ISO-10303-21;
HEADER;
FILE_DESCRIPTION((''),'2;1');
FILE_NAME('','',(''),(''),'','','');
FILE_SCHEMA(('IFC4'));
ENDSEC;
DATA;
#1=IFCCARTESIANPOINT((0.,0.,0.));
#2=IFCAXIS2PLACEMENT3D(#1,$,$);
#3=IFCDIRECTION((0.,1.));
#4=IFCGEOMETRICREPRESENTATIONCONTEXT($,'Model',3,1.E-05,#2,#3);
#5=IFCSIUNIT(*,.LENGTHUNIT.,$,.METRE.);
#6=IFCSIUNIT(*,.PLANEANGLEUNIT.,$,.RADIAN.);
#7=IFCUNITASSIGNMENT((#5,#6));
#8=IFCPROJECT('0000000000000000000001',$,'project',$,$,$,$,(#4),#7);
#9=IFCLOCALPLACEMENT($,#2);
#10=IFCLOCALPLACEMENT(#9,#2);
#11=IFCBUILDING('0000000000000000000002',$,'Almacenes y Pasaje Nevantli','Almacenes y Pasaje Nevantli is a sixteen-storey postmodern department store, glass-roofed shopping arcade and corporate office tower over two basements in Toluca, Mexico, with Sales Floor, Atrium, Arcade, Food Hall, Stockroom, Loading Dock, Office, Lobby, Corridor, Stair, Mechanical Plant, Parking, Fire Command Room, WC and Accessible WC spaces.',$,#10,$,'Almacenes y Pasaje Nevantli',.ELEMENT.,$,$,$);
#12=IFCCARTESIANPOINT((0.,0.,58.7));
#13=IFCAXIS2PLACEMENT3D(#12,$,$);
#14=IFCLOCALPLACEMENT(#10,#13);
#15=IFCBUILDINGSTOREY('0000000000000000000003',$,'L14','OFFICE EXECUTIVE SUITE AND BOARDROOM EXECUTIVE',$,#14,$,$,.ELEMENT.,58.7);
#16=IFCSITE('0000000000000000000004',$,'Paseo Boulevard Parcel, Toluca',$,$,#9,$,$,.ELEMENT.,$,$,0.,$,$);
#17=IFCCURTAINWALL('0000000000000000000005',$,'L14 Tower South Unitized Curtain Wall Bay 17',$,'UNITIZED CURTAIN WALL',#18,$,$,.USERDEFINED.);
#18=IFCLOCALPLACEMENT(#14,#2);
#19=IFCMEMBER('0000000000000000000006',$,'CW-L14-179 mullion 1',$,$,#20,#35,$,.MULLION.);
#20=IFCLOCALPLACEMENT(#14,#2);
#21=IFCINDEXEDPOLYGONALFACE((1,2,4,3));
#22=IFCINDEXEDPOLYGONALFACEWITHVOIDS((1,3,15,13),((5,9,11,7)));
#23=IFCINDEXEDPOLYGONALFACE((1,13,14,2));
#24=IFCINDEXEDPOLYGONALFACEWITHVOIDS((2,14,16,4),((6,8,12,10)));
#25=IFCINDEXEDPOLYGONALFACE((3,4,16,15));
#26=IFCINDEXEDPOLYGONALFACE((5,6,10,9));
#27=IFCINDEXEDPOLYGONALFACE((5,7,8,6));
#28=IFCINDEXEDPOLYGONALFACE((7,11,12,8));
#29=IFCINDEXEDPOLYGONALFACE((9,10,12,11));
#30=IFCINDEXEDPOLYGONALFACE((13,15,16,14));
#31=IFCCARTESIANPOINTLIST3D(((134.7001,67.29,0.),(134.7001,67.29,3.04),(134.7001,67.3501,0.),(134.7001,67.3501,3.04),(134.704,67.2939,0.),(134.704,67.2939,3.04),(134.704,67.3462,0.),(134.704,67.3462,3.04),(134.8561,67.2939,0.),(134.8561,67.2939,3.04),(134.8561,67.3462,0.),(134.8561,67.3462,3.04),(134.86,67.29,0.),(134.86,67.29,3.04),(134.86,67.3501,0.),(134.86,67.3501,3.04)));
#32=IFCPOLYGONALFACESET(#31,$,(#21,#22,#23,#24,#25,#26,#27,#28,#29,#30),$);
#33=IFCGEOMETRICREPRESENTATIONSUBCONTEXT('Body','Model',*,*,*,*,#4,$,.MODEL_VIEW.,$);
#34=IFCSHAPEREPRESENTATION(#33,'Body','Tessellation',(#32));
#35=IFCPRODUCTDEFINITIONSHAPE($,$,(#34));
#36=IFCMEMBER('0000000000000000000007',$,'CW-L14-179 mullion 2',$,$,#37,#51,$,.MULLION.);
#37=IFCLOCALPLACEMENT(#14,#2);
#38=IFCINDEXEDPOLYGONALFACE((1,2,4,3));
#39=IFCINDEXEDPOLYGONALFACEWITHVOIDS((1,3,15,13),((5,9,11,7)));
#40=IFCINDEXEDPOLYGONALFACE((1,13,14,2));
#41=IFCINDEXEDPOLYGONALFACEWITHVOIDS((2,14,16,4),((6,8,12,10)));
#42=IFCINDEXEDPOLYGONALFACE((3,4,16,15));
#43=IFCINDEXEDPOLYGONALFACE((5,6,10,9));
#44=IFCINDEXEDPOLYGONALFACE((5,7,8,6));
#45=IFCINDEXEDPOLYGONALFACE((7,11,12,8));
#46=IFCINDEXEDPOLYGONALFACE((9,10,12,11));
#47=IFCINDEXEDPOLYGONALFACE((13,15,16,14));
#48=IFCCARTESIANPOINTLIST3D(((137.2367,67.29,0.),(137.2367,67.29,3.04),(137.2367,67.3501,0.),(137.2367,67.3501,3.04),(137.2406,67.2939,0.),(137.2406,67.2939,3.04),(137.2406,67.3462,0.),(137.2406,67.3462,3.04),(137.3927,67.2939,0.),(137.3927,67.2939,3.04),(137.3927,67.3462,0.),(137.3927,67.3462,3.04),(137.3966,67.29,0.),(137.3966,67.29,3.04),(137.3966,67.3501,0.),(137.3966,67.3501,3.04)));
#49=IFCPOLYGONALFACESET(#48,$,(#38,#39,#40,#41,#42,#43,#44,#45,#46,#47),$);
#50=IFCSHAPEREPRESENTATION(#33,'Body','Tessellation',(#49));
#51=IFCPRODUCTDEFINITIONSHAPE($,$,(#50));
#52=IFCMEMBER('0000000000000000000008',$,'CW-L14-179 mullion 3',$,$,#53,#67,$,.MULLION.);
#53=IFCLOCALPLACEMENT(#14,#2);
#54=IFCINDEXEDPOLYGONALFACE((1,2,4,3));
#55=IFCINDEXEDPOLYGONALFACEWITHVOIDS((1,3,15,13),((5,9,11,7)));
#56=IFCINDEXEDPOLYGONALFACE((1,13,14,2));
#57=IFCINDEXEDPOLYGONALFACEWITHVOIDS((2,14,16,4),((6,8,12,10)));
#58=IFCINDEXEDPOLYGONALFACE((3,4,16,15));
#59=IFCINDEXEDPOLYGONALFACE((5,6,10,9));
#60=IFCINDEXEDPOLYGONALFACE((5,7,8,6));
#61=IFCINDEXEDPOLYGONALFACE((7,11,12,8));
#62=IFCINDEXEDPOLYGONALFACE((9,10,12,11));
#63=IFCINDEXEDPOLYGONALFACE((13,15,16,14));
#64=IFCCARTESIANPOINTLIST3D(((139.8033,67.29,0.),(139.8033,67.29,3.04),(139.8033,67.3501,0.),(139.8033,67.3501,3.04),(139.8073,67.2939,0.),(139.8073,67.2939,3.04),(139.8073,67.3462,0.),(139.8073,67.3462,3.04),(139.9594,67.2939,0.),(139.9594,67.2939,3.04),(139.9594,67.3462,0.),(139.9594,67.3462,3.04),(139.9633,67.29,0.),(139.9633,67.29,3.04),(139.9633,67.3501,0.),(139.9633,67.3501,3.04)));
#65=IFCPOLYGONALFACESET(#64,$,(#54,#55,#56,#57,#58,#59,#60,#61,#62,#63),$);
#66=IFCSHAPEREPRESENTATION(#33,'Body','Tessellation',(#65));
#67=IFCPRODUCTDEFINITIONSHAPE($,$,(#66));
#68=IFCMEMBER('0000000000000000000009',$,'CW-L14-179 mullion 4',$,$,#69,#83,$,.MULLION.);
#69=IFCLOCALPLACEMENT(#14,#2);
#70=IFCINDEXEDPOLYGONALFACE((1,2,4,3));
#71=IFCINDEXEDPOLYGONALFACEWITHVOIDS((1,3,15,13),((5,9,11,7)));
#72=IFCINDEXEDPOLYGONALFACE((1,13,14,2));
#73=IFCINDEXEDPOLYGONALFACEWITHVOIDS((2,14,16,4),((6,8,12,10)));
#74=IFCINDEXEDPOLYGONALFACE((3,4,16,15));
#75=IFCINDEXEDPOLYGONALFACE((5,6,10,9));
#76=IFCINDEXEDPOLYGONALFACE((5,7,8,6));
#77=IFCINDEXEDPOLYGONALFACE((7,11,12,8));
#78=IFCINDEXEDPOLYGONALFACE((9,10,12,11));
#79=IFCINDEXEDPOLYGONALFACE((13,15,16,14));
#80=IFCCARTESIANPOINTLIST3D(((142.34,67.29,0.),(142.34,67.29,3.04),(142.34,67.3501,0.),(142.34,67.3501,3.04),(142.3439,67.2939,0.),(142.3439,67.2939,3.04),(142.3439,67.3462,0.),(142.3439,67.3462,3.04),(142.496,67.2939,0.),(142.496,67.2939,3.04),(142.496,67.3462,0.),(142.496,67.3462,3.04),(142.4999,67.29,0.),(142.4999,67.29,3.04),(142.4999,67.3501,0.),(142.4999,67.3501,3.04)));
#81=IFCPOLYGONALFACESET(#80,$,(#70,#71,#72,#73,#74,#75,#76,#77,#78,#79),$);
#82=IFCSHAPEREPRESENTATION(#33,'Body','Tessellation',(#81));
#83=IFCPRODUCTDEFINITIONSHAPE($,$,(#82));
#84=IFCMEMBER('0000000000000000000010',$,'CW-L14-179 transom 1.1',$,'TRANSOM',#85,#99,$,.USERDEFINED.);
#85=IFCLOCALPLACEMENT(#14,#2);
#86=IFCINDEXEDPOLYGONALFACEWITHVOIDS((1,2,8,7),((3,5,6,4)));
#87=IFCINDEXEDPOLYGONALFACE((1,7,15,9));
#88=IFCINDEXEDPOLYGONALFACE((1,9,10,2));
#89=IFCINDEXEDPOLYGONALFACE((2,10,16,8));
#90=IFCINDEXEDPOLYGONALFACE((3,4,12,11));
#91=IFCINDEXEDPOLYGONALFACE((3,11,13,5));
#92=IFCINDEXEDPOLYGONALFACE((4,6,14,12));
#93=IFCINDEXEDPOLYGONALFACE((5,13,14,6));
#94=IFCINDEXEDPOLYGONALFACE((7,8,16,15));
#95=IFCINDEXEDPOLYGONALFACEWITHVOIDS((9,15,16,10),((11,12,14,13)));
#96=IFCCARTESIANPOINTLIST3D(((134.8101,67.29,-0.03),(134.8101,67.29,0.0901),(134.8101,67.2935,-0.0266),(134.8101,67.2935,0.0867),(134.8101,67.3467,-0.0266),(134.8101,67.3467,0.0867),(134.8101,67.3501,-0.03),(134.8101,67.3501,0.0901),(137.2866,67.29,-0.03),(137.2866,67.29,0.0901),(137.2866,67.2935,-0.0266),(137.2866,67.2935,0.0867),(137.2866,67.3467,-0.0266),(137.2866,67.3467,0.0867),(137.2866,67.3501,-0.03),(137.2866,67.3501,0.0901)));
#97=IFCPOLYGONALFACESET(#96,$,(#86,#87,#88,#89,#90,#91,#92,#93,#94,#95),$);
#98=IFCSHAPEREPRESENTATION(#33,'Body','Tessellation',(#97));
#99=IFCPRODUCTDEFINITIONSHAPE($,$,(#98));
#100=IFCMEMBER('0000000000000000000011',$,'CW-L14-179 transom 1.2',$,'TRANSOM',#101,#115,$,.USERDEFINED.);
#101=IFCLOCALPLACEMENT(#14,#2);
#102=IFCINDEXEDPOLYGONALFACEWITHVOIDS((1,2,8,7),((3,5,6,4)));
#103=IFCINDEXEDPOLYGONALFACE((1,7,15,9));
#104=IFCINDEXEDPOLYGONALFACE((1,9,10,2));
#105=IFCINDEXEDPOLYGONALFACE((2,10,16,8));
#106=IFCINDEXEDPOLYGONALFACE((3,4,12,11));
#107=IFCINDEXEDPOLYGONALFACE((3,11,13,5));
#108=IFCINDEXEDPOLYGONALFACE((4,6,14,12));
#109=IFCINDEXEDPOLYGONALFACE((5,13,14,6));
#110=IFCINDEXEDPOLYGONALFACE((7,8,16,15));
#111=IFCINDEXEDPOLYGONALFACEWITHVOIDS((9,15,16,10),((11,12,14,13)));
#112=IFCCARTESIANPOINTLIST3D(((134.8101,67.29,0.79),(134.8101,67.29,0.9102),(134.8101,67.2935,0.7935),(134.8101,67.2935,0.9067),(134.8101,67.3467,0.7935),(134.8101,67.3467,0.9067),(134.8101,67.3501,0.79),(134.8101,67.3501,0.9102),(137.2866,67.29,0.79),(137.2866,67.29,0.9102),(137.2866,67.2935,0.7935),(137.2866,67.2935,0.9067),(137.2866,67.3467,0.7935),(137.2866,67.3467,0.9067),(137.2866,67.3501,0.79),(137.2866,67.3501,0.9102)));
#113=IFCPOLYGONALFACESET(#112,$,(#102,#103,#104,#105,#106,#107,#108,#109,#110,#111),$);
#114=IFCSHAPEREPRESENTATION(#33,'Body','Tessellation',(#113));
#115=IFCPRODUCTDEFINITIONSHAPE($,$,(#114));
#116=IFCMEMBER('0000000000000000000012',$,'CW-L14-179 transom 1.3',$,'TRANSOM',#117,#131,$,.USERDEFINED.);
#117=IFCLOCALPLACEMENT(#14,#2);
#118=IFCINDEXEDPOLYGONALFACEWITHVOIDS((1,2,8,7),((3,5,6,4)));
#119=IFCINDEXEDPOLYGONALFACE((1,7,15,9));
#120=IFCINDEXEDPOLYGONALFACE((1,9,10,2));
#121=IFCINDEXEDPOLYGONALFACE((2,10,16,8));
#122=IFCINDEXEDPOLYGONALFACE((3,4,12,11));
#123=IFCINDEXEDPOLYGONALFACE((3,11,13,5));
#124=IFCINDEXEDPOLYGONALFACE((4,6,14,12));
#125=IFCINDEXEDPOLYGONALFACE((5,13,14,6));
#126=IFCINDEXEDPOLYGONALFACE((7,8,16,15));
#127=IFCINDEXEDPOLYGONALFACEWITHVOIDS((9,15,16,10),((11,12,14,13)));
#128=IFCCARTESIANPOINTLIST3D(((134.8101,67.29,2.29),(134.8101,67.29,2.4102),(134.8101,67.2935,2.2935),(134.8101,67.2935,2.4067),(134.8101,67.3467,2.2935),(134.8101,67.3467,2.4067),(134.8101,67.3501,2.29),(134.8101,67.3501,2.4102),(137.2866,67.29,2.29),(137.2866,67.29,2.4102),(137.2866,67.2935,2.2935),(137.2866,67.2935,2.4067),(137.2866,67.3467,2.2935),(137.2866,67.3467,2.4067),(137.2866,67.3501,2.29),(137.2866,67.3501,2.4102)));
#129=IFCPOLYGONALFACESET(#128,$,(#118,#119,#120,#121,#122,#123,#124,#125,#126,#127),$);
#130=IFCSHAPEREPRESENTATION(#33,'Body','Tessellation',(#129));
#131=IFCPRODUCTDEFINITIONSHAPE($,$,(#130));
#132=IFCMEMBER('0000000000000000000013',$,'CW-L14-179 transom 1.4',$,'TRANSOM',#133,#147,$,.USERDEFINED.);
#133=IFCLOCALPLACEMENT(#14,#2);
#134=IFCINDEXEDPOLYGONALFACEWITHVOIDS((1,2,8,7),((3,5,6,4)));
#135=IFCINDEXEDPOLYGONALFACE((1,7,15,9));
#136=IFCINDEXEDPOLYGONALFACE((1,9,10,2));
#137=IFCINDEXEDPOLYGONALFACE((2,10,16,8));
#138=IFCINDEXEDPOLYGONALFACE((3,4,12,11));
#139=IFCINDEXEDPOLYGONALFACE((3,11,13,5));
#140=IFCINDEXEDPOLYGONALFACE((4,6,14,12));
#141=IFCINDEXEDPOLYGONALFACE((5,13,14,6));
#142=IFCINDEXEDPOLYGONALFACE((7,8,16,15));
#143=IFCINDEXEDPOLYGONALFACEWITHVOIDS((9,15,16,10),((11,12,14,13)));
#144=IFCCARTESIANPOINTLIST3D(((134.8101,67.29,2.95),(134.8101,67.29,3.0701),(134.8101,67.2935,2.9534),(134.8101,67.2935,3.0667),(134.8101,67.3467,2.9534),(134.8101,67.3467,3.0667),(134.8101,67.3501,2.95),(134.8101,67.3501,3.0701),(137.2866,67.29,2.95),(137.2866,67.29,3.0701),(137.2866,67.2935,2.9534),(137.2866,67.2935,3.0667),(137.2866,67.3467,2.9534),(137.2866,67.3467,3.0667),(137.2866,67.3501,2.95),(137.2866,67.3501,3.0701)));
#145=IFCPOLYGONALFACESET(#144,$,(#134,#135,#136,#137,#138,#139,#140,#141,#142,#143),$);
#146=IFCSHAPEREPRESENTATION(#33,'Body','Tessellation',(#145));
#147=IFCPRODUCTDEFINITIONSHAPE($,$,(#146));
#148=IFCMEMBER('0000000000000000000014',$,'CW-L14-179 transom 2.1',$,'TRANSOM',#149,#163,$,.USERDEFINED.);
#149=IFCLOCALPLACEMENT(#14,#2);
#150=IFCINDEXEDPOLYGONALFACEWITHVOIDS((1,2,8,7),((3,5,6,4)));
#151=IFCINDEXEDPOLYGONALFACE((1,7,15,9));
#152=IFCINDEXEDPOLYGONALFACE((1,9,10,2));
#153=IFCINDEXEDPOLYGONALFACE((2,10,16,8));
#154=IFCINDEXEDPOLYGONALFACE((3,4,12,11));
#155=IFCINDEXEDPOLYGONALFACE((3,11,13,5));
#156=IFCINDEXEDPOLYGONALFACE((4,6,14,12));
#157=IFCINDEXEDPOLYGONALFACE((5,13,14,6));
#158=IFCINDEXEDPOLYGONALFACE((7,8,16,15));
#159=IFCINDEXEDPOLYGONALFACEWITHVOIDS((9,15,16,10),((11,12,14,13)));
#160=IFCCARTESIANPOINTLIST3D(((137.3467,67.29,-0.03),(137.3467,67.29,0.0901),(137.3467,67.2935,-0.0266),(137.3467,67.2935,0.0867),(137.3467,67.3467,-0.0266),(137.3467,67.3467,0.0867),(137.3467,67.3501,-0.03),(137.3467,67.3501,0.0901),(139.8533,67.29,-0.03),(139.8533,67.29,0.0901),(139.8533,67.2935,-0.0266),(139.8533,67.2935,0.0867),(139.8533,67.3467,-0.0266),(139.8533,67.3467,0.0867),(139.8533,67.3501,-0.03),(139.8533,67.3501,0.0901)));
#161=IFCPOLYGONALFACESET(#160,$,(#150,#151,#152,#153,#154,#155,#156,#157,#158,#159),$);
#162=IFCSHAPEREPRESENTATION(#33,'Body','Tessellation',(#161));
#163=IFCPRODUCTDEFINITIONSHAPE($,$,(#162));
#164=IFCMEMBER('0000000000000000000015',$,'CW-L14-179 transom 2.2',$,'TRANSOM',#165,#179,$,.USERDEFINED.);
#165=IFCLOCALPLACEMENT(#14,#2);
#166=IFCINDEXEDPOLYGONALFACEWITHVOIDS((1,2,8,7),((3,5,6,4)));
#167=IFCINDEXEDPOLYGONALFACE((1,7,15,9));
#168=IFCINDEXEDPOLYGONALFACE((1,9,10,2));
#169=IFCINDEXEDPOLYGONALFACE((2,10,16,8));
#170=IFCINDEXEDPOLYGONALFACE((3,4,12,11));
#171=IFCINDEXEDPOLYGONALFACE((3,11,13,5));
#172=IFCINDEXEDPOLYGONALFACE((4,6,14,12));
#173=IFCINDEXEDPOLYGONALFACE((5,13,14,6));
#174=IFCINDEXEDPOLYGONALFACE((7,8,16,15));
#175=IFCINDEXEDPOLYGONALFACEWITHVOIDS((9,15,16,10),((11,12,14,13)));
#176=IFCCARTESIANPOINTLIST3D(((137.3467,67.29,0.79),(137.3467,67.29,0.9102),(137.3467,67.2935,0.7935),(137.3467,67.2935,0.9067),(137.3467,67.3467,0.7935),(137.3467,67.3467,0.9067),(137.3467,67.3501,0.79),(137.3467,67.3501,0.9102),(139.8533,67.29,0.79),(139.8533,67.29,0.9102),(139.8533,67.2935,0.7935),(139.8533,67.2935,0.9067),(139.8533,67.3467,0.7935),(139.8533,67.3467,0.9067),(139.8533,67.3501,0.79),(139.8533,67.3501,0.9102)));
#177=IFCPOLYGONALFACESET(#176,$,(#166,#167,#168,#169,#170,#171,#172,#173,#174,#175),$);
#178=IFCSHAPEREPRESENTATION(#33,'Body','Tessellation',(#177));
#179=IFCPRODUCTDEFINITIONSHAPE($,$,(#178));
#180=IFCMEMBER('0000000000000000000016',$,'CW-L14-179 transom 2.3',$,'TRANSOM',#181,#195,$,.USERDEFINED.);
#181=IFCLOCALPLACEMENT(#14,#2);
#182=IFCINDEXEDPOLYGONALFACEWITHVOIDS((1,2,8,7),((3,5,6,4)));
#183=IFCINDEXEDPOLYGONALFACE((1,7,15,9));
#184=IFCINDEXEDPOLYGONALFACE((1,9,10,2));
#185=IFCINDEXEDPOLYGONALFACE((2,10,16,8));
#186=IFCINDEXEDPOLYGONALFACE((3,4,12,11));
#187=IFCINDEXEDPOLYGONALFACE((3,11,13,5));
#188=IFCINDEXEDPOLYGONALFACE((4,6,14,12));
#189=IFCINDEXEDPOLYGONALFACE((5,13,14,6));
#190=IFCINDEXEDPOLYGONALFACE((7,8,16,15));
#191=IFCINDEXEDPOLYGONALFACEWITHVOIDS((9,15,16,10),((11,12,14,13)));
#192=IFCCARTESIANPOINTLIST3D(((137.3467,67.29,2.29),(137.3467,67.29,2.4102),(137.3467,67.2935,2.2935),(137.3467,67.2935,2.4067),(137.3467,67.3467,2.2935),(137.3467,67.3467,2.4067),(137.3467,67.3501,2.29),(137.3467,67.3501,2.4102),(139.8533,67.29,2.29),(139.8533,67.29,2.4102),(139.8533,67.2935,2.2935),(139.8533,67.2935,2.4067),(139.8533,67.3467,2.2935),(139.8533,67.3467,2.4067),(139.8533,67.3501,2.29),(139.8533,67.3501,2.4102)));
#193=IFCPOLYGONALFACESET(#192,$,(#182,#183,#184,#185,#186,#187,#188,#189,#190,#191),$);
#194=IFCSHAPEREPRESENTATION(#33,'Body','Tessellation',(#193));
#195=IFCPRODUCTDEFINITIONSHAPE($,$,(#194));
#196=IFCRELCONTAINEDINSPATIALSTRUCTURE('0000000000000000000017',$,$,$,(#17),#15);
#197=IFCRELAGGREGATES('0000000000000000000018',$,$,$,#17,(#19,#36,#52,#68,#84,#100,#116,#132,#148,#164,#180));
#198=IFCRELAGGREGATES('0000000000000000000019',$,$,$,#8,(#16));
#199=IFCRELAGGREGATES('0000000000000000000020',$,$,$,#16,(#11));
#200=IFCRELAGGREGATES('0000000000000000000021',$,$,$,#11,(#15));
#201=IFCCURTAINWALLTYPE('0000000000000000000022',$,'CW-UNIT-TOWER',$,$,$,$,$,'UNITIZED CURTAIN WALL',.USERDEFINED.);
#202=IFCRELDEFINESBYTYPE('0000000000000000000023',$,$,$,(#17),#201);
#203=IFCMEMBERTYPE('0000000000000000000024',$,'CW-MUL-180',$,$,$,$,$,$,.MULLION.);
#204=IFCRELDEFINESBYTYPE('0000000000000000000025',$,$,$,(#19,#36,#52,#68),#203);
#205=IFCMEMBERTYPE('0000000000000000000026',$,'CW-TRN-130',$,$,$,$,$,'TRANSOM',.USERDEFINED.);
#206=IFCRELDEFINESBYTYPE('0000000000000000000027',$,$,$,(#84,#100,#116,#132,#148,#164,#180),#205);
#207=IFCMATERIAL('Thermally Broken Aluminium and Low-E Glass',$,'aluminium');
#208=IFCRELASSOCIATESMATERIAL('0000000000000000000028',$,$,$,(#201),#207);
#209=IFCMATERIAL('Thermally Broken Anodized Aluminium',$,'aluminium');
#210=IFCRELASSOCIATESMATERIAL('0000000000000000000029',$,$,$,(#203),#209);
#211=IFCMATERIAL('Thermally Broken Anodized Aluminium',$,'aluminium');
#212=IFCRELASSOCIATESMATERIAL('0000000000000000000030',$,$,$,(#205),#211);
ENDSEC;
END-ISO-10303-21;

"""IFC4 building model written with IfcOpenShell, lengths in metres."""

from ifc_helpers import new_model, si_unit, direction, frame, origin, origin_2d, place, context, subcontext, project, spatial, hollow_rectangle, extrude, material, material_profile, profile_set, type_object, element, aggregate, save


model = new_model("IFC4")

# Units and contexts
model_context = context("Model", 3, precision=1e-05, world=origin(), true_north=direction((0.0, 1.0)))
body_context = subcontext(model_context, "Body", "Model", "MODEL_VIEW")
ifc_project = project(units=[si_unit("LENGTHUNIT", "METRE"), si_unit("PLANEANGLEUNIT", "RADIAN")], contexts=[model_context])

# Site, building, storey
site_placement = place(None, origin())
site = spatial("IfcSite", under=ifc_project, at=site_placement, Name="Paseo Boulevard Parcel, Toluca", CompositionType="ELEMENT", RefElevation=0.0)
building_placement = place(site_placement, origin())
building = spatial("IfcBuilding", under=site, at=building_placement, Name="Almacenes y Pasaje Nevantli", Description="Almacenes y Pasaje Nevantli is a sixteen-storey postmodern department store, glass-roofed shopping arcade and corporate office tower over two basements in Toluca, Mexico, with Sales Floor, Atrium, Arcade, Food Hall, Stockroom, Loading Dock, Office, Lobby, Corridor, Stair, Mechanical Plant, Parking, Fire Command Room, WC and Accessible WC spaces.", LongName="Almacenes y Pasaje Nevantli", CompositionType="ELEMENT")
storey_placement = place(building_placement, frame((0.0, 0.0, 58.7)))
storey = spatial("IfcBuildingStorey", under=building, at=storey_placement, Name="L14", Description="OFFICE EXECUTIVE SUITE AND BOARDROOM EXECUTIVE", CompositionType="ELEMENT", Elevation=58.7)

# Curtain wall, members
ifc_material_1 = material(Name="Thermally Broken Aluminium and Low-E Glass", Category="aluminium")
curtain_wall_type = type_object("IfcCurtainWallType", Name="CW-UNIT-TOWER", ElementType="UNITIZED CURTAIN WALL", PredefinedType="USERDEFINED", material=ifc_material_1)
curtain_wall_placement = place(storey_placement, origin())
curtain_wall = element("IfcCurtainWall", 1, at=curtain_wall_placement, inside=storey, type_object=curtain_wall_type, Name="L14 Tower South Unitized Curtain Wall Bay 17", ObjectType="UNITIZED CURTAIN WALL", PredefinedType="USERDEFINED")
ifc_material_2 = material(Name="Thermally Broken Anodized Aluminium", Category="aluminium")
ifc_material_profile_1 = material_profile(ifc_material_2, hollow_rectangle(XDim=0.0601, YDim=0.1599, WallThickness=0.0039, at=origin_2d()), Name="ALU-MUL-60x160")
ifc_profile_set_1 = profile_set([ifc_material_profile_1], Name="Thermally Broken Anodized Aluminium")
member_type_1 = type_object("IfcMemberType", Name="CW-MUL-180", PredefinedType="MULLION", material=ifc_profile_set_1)
member_1_placement = place(storey_placement, frame((134.78, 67.3201, 0.0), z_axis=(0.0, 0.0, 1.0), x_axis=(0.0, 1.0, 0.0)))
member_1 = element("IfcMember", 2, at=member_1_placement, type_object=member_type_1, Name="CW-L14-179 mullion 1", PredefinedType="MULLION", context=body_context, shape_type="SweptSolid", body=[
    extrude(hollow_rectangle(XDim=0.0601, YDim=0.1599, WallThickness=0.0039, at=origin_2d()), origin(), (0.0, 0.0, 1.0), 3.04),
])
member_2_placement = place(storey_placement, frame((137.3167, 67.3201, 0.0), z_axis=(0.0, 0.0, 1.0), x_axis=(0.0, 1.0, 0.0)))
member_2 = element("IfcMember", 3, at=member_2_placement, type_object=member_type_1, Name="CW-L14-179 mullion 2", PredefinedType="MULLION", context=body_context, shape_type="SweptSolid", body=[
    extrude(hollow_rectangle(XDim=0.0601, YDim=0.1599, WallThickness=0.0039, at=origin_2d()), origin(), (0.0, 0.0, 1.0), 3.04),
])
member_3_placement = place(storey_placement, frame((139.8833, 67.3201, 0.0), z_axis=(0.0, 0.0, 1.0), x_axis=(0.0, 1.0, 0.0)))
member_3 = element("IfcMember", 4, at=member_3_placement, type_object=member_type_1, Name="CW-L14-179 mullion 3", PredefinedType="MULLION", context=body_context, shape_type="SweptSolid", body=[
    extrude(hollow_rectangle(XDim=0.0601, YDim=0.1599, WallThickness=0.0039, at=origin_2d()), origin(), (0.0, 0.0, 1.0), 3.04),
])
member_4_placement = place(storey_placement, frame((142.4199, 67.3201, 0.0), z_axis=(0.0, 0.0, 1.0), x_axis=(0.0, 1.0, 0.0)))
member_4 = element("IfcMember", 5, at=member_4_placement, type_object=member_type_1, Name="CW-L14-179 mullion 4", PredefinedType="MULLION", context=body_context, shape_type="SweptSolid", body=[
    extrude(hollow_rectangle(XDim=0.0601, YDim=0.1599, WallThickness=0.0039, at=origin_2d()), origin(), (0.0, 0.0, 1.0), 3.04),
])
ifc_material_3 = material(Name="Thermally Broken Anodized Aluminium", Category="aluminium")
ifc_material_profile_2 = material_profile(ifc_material_3, hollow_rectangle(XDim=0.0601, YDim=0.1201, WallThickness=0.0034, at=origin_2d()), Name="ALU-TRN-60x120")
ifc_profile_set_2 = profile_set([ifc_material_profile_2], Name="Thermally Broken Anodized Aluminium")
member_type_2 = type_object("IfcMemberType", Name="CW-TRN-130", ElementType="TRANSOM", PredefinedType="USERDEFINED", material=ifc_profile_set_2)
member_5_placement = place(storey_placement, frame((134.8101, 67.3201, 0.03), z_axis=(1.0, 0.0, 0.0), x_axis=(0.0, 1.0, 0.0)))
member_5 = element("IfcMember", 6, at=member_5_placement, type_object=member_type_2, Name="CW-L14-179 transom 1.1", ObjectType="TRANSOM", PredefinedType="USERDEFINED", context=body_context, shape_type="SweptSolid", body=[
    extrude(hollow_rectangle(XDim=0.0601, YDim=0.1201, WallThickness=0.0034, at=origin_2d()), origin(), (0.0, 0.0, 1.0), 2.4766),
])
member_6_placement = place(storey_placement, frame((134.8101, 67.3201, 0.8501), z_axis=(1.0, 0.0, 0.0), x_axis=(0.0, 1.0, 0.0)))
member_6 = element("IfcMember", 7, at=member_6_placement, type_object=member_type_2, Name="CW-L14-179 transom 1.2", ObjectType="TRANSOM", PredefinedType="USERDEFINED", context=body_context, shape_type="SweptSolid", body=[
    extrude(hollow_rectangle(XDim=0.0601, YDim=0.1201, WallThickness=0.0034, at=origin_2d()), origin(), (0.0, 0.0, 1.0), 2.4766),
])
member_7_placement = place(storey_placement, frame((134.8101, 67.3201, 2.3501), z_axis=(1.0, 0.0, 0.0), x_axis=(0.0, 1.0, 0.0)))
member_7 = element("IfcMember", 8, at=member_7_placement, type_object=member_type_2, Name="CW-L14-179 transom 1.3", ObjectType="TRANSOM", PredefinedType="USERDEFINED", context=body_context, shape_type="SweptSolid", body=[
    extrude(hollow_rectangle(XDim=0.0601, YDim=0.1201, WallThickness=0.0034, at=origin_2d()), origin(), (0.0, 0.0, 1.0), 2.4766),
])
member_8_placement = place(storey_placement, frame((134.8101, 67.3201, 3.01), z_axis=(1.0, 0.0, 0.0), x_axis=(0.0, 1.0, 0.0)))
member_8 = element("IfcMember", 9, at=member_8_placement, type_object=member_type_2, Name="CW-L14-179 transom 1.4", ObjectType="TRANSOM", PredefinedType="USERDEFINED", context=body_context, shape_type="SweptSolid", body=[
    extrude(hollow_rectangle(XDim=0.0601, YDim=0.1201, WallThickness=0.0034, at=origin_2d()), origin(), (0.0, 0.0, 1.0), 2.4766),
])
member_9_placement = place(storey_placement, frame((137.3467, 67.3201, 0.03), z_axis=(1.0, 0.0, 0.0), x_axis=(0.0, 1.0, 0.0)))
member_9 = element("IfcMember", 10, at=member_9_placement, type_object=member_type_2, Name="CW-L14-179 transom 2.1", ObjectType="TRANSOM", PredefinedType="USERDEFINED", context=body_context, shape_type="SweptSolid", body=[
    extrude(hollow_rectangle(XDim=0.0601, YDim=0.1201, WallThickness=0.0034, at=origin_2d()), origin(), (0.0, 0.0, 1.0), 2.5066),
])
member_10_placement = place(storey_placement, frame((137.3467, 67.3201, 0.8501), z_axis=(1.0, 0.0, 0.0), x_axis=(0.0, 1.0, 0.0)))
member_10 = element("IfcMember", 11, at=member_10_placement, type_object=member_type_2, Name="CW-L14-179 transom 2.2", ObjectType="TRANSOM", PredefinedType="USERDEFINED", context=body_context, shape_type="SweptSolid", body=[
    extrude(hollow_rectangle(XDim=0.0601, YDim=0.1201, WallThickness=0.0034, at=origin_2d()), origin(), (0.0, 0.0, 1.0), 2.5066),
])
member_11_placement = place(storey_placement, frame((137.3467, 67.3201, 2.3501), z_axis=(1.0, 0.0, 0.0), x_axis=(0.0, 1.0, 0.0)))
member_11 = element("IfcMember", 12, at=member_11_placement, type_object=member_type_2, Name="CW-L14-179 transom 2.3", ObjectType="TRANSOM", PredefinedType="USERDEFINED", context=body_context, shape_type="SweptSolid", body=[
    extrude(hollow_rectangle(XDim=0.0601, YDim=0.1201, WallThickness=0.0034, at=origin_2d()), origin(), (0.0, 0.0, 1.0), 2.5066),
])
aggregate(curtain_wall, [member_1, member_2, member_3, member_4, member_5, member_6, member_7, member_8, member_9, member_10, member_11])

save(model, "model.ifc")
